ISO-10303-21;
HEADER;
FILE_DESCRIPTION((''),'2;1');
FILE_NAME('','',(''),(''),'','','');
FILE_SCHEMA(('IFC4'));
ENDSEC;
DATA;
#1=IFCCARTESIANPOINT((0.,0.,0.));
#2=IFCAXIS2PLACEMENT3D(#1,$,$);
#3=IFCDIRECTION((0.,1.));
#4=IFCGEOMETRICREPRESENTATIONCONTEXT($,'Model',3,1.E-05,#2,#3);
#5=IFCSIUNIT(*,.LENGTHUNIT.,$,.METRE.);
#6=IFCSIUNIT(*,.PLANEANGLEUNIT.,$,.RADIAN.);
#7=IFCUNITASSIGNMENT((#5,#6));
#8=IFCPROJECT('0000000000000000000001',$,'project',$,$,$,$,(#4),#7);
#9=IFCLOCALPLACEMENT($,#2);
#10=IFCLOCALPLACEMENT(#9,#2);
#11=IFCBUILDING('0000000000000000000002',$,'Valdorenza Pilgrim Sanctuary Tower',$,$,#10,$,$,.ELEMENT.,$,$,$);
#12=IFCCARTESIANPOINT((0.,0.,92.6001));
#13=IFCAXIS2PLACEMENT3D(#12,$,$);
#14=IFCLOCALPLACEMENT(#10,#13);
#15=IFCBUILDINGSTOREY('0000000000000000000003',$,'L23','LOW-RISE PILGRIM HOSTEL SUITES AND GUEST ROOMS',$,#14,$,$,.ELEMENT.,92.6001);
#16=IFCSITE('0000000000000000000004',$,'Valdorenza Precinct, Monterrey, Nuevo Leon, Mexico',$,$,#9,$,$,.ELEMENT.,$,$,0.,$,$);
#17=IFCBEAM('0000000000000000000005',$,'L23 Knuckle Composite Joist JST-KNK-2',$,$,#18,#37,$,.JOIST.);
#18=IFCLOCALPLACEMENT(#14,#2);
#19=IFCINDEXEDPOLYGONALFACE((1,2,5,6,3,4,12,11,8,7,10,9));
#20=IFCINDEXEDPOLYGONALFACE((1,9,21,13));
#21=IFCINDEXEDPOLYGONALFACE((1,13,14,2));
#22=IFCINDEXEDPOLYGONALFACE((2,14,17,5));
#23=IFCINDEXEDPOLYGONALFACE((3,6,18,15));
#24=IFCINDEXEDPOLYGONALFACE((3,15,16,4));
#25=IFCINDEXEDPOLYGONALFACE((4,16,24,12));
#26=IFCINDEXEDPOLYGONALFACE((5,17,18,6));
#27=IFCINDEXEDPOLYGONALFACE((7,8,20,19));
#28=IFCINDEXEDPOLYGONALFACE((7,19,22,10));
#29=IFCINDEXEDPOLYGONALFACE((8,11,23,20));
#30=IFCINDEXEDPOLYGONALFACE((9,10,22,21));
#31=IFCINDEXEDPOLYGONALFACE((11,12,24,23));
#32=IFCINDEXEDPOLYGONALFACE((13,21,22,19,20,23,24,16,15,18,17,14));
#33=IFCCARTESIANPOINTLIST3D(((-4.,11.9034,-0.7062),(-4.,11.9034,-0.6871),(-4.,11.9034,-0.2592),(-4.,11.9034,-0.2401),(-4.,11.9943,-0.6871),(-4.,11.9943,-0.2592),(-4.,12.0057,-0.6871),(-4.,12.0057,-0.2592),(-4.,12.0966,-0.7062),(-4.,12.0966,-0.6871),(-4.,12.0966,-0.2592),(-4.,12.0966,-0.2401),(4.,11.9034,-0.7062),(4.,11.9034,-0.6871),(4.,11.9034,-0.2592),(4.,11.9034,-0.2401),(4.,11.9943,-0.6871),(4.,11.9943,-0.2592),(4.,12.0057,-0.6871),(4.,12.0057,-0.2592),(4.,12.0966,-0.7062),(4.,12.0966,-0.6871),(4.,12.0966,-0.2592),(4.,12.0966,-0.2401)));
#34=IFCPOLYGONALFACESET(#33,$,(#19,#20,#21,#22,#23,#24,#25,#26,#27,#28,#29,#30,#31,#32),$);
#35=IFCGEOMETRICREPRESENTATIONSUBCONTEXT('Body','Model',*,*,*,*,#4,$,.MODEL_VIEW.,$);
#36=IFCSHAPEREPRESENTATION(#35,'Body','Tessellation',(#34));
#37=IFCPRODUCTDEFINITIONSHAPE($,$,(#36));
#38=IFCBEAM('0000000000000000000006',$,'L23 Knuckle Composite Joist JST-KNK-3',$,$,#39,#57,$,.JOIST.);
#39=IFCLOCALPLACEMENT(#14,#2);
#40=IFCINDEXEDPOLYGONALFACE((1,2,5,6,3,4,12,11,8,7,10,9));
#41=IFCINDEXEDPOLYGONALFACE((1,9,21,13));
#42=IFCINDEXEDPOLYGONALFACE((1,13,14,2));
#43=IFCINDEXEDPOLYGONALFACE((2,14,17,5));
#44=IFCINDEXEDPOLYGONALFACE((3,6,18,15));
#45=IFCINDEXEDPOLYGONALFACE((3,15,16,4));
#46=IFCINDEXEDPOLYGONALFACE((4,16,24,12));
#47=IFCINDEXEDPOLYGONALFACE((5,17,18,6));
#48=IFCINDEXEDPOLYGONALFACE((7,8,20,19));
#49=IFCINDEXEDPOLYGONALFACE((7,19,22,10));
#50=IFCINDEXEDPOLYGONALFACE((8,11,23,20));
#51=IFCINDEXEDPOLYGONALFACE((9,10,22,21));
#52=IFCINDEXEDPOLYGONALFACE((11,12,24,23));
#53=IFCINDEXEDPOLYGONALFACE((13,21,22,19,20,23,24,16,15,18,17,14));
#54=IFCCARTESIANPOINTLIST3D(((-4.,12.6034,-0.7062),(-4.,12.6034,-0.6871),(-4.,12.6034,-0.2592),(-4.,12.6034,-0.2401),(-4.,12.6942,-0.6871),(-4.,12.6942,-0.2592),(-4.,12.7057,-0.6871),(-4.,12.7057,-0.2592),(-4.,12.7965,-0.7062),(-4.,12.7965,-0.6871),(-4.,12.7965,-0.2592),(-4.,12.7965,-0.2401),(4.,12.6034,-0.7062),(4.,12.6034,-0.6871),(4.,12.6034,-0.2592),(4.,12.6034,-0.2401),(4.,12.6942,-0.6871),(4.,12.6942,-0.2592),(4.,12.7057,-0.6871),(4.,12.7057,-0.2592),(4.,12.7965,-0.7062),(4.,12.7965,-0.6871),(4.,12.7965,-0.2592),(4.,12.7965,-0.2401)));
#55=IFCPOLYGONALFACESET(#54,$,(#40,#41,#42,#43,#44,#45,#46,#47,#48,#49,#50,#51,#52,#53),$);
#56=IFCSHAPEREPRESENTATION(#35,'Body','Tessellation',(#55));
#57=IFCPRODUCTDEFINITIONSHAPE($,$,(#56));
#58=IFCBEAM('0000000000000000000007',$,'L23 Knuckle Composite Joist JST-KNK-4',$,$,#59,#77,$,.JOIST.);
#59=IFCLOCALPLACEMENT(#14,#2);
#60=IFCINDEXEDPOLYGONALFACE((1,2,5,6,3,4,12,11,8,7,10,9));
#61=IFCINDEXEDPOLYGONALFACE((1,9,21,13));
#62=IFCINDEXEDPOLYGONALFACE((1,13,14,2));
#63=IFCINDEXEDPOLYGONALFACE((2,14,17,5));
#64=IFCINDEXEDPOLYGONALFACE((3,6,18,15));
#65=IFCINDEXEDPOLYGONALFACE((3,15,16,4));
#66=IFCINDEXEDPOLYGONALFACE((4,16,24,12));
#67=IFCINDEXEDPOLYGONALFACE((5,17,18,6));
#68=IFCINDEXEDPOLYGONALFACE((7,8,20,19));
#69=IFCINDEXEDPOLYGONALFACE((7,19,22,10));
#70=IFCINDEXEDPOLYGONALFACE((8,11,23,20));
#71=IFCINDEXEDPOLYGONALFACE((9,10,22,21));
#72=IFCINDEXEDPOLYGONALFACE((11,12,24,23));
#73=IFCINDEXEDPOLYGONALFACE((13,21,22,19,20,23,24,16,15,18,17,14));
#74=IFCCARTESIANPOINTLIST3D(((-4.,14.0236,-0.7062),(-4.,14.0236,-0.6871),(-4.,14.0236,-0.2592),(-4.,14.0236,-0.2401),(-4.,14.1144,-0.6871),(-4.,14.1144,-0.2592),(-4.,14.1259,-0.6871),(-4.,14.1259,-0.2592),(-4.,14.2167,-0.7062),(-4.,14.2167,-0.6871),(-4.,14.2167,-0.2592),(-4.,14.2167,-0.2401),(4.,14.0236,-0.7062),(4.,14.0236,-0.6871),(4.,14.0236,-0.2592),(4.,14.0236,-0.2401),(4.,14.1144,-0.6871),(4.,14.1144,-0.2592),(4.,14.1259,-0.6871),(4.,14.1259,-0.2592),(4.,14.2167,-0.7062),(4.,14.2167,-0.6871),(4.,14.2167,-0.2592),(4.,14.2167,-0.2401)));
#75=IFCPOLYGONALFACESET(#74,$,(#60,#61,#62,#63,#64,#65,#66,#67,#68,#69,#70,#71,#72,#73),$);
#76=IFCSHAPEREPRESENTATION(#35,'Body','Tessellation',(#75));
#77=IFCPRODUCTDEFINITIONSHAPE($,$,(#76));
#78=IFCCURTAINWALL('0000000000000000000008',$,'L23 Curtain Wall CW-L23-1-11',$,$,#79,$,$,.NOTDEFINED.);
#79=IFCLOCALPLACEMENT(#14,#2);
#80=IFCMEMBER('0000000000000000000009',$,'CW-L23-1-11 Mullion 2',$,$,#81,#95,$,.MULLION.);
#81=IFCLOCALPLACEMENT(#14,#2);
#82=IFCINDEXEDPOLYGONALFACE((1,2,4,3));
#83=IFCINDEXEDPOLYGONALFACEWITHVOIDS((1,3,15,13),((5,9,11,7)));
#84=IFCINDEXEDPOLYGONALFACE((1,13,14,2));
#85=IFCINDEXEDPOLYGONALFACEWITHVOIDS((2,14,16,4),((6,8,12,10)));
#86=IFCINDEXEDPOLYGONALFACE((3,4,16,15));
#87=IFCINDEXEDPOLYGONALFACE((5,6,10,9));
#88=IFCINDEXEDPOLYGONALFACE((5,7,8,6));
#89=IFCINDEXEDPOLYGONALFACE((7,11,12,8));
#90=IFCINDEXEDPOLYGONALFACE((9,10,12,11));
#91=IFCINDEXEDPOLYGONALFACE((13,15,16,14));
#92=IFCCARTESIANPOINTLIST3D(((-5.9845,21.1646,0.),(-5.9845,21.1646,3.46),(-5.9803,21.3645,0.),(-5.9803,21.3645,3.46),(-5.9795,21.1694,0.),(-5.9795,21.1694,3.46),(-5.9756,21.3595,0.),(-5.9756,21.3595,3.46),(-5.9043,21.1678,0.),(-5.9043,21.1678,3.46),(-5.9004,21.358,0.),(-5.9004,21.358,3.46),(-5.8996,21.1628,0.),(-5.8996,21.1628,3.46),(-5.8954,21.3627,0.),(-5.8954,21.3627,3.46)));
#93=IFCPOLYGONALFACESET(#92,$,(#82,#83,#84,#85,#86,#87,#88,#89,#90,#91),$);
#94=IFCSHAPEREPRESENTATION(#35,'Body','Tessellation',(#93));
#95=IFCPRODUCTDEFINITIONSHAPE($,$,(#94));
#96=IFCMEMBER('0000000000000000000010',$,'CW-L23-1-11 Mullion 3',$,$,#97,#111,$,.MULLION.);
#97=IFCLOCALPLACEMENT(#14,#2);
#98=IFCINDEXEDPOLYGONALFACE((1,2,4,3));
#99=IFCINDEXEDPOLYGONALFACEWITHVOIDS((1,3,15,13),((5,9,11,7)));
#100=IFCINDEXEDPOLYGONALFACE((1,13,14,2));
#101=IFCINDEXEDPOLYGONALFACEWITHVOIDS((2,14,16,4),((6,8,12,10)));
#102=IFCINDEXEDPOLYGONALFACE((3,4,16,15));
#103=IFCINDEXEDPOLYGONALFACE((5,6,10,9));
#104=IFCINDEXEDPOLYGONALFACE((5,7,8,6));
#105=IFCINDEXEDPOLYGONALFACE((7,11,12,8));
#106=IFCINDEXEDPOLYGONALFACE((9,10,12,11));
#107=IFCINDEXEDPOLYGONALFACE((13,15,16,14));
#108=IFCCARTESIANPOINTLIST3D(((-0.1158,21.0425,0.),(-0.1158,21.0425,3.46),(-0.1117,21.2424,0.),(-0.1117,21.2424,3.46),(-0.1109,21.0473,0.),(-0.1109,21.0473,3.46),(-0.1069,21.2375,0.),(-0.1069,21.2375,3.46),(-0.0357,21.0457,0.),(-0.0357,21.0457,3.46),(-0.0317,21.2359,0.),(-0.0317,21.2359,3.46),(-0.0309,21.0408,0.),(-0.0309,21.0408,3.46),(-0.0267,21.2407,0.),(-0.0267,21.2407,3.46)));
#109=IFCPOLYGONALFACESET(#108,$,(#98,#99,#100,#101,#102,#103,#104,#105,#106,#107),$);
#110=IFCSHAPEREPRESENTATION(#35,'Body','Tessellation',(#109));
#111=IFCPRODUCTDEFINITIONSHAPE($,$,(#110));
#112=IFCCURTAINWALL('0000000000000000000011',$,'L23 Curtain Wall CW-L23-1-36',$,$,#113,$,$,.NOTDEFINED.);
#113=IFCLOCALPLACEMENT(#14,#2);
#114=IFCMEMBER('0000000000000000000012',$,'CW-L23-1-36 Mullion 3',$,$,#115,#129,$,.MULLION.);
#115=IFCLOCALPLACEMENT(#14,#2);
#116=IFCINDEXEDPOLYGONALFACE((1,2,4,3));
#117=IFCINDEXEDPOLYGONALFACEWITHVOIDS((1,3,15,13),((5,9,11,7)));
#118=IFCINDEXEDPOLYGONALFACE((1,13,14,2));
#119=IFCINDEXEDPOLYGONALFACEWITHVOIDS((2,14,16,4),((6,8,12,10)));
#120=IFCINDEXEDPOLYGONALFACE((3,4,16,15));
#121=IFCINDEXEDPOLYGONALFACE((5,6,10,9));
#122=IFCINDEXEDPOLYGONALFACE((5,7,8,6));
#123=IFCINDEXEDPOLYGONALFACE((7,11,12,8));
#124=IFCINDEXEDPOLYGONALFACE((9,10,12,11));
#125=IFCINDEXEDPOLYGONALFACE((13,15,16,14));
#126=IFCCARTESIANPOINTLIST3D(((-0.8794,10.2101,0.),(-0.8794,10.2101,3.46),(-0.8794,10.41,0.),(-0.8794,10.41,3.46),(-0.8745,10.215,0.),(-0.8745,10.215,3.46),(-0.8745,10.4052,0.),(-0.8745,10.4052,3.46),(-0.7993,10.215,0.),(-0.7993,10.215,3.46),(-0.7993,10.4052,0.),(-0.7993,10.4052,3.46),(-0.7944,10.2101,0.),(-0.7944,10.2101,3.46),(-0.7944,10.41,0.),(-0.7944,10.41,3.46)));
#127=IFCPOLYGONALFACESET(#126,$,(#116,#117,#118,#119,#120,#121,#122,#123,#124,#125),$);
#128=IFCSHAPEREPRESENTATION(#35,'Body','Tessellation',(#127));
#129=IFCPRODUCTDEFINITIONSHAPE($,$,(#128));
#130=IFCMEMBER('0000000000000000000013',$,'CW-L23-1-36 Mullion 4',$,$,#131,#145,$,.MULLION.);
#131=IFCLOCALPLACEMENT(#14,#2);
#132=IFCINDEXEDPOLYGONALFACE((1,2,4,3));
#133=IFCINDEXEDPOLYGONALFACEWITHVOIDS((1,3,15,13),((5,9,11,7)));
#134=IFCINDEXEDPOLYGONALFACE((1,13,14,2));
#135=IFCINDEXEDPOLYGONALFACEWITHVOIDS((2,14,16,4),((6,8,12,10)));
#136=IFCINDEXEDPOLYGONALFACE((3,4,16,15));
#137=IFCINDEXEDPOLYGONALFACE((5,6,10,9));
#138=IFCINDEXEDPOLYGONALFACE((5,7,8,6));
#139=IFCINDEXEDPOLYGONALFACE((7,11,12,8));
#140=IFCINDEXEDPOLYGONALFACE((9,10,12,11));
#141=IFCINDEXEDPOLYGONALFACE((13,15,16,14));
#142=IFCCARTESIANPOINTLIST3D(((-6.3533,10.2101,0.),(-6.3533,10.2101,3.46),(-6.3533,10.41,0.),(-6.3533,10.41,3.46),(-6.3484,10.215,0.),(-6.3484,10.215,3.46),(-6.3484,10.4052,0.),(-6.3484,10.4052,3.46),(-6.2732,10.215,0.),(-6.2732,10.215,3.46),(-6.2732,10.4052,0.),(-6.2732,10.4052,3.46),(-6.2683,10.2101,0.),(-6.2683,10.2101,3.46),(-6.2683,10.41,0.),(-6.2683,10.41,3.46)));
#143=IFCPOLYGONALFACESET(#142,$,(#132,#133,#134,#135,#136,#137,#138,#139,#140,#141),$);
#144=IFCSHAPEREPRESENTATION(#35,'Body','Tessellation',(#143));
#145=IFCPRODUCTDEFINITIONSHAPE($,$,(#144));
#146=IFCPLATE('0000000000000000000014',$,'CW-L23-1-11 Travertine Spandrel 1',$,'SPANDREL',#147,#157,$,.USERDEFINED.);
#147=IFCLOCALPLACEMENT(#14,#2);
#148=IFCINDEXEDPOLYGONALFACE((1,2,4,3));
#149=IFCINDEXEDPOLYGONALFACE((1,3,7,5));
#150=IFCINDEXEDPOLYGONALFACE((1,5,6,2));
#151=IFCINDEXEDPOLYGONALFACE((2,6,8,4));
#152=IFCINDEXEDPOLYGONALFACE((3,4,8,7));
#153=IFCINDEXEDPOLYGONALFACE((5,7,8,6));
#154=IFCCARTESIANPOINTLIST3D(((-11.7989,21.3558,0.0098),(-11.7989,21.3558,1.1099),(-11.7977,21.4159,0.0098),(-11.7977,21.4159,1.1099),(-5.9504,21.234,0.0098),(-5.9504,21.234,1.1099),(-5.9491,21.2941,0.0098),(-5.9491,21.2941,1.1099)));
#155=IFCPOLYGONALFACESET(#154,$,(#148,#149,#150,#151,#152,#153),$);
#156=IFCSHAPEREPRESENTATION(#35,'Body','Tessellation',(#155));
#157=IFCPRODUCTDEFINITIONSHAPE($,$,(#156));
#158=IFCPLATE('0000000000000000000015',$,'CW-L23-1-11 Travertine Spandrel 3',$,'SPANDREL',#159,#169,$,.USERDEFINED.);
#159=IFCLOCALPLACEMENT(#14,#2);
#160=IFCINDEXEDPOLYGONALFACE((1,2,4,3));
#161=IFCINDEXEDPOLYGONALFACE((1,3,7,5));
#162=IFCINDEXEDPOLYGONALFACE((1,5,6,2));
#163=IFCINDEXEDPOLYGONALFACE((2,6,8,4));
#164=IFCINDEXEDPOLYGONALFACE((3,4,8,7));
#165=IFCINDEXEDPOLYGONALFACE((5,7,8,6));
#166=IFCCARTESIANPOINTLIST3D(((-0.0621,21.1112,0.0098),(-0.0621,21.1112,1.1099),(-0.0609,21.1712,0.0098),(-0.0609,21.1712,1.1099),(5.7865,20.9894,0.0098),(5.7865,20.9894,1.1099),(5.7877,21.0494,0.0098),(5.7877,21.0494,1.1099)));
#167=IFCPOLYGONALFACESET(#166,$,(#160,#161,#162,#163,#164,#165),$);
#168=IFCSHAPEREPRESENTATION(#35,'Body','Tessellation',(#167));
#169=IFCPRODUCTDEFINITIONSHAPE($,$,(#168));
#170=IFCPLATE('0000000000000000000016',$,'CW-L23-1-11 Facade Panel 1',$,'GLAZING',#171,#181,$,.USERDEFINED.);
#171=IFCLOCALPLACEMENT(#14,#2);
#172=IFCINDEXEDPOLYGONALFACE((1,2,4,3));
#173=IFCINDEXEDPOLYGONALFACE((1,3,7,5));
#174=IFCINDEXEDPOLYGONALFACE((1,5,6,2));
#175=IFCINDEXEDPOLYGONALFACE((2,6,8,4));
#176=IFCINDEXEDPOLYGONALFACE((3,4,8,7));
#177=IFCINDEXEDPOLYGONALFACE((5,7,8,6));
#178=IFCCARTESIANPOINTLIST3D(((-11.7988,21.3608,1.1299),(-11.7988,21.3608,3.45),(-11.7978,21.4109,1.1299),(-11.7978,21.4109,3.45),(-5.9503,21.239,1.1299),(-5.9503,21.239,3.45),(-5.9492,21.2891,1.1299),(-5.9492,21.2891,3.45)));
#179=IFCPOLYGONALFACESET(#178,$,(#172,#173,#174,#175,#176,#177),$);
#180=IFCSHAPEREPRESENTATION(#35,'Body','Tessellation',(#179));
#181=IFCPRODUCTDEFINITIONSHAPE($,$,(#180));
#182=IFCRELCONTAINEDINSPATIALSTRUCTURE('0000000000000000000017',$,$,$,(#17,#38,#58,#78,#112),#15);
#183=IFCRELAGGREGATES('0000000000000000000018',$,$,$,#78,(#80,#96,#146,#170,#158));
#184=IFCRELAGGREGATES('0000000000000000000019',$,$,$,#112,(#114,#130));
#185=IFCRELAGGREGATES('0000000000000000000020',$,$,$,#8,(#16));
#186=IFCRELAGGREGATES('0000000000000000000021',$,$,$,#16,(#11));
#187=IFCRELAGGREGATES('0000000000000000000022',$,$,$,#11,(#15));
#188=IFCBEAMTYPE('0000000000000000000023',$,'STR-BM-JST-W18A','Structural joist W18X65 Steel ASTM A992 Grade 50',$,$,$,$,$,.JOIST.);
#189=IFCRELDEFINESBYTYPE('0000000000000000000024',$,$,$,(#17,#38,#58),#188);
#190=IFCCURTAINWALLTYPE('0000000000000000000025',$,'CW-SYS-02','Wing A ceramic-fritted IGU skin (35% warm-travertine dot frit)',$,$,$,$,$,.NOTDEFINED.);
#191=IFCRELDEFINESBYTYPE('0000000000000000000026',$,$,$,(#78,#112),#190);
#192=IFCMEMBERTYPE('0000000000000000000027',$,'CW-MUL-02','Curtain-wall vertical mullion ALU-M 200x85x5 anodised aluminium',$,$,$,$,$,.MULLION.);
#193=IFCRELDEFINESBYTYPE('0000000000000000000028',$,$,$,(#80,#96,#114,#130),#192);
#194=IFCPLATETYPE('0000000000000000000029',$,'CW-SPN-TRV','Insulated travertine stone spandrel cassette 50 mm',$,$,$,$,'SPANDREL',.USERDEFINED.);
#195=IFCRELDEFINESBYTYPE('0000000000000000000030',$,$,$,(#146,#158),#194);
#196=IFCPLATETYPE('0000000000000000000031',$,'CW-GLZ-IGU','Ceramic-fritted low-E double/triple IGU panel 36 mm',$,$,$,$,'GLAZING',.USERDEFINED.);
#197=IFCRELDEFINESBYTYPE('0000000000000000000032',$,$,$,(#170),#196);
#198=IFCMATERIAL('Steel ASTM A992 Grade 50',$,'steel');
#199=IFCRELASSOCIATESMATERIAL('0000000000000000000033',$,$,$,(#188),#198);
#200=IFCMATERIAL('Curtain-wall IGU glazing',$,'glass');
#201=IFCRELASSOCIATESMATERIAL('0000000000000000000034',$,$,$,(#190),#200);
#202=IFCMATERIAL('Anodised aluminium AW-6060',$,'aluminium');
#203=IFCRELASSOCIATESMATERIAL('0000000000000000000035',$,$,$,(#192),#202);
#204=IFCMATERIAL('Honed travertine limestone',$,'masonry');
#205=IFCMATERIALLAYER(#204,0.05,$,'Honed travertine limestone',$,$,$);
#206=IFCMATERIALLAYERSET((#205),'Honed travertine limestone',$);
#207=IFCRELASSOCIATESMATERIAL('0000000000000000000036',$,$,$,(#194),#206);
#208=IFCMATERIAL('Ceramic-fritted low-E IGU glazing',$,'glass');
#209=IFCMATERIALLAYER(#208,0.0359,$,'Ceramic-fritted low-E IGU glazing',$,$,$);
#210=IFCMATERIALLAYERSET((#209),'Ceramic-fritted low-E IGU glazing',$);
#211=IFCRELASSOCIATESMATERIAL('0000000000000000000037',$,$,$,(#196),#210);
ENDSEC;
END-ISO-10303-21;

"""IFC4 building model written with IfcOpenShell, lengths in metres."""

from ifc_helpers import new_model, si_unit, direction, frame, origin, origin_2d, place, context, subcontext, project, spatial, rectangle, hollow_rectangle, i_section, extrude, source, transform, mapped, material, layer, layer_set, material_profile, profile_set, type_object, element, aggregate, save


model = new_model("IFC4")

# Units and contexts
model_context = context("Model", 3, precision=1e-05, world=origin(), true_north=direction((0.0, 1.0)))
body_context = subcontext(model_context, "Body", "Model", "MODEL_VIEW")
ifc_project = project(units=[si_unit("LENGTHUNIT", "METRE"), si_unit("PLANEANGLEUNIT", "RADIAN")], contexts=[model_context])

# Site, building, storey
site_placement = place(None, origin())
site = spatial("IfcSite", under=ifc_project, at=site_placement, Name="Valdorenza Precinct, Monterrey, Nuevo Leon, Mexico", CompositionType="ELEMENT", RefElevation=0.0)
building_placement = place(site_placement, origin())
building = spatial("IfcBuilding", under=site, at=building_placement, Name="Valdorenza Pilgrim Sanctuary Tower", CompositionType="ELEMENT")
storey_placement = place(building_placement, frame((0.0, 0.0, 92.6001)))
storey = spatial("IfcBuildingStorey", under=building, at=storey_placement, Name="L23", Description="LOW-RISE PILGRIM HOSTEL SUITES AND GUEST ROOMS", CompositionType="ELEMENT", Elevation=92.6001)

# Shared definitions
ifc_material_1 = material(Name="Steel ASTM A992 Grade 50", Category="steel")

# Beams
ifc_material_profile_1 = material_profile(ifc_material_1, i_section(OverallWidth=0.1931, OverallDepth=0.4661, WebThickness=0.0115, FlangeThickness=0.019, at=origin_2d()), Name="W18X65")
ifc_profile_set_1 = profile_set([ifc_material_profile_1], Name="Steel ASTM A992 Grade 50")
beam_type_1 = type_object("IfcBeamType", Name="STR-BM-JST-W18A", Description="Structural joist W18X65 Steel ASTM A992 Grade 50", PredefinedType="JOIST", material=ifc_profile_set_1)
shared_shape_1 = source(origin(), body_context, "Body", "SweptSolid", [
    extrude(i_section(OverallWidth=0.1931, OverallDepth=0.4661, WebThickness=0.0115, FlangeThickness=0.019, at=origin_2d()), origin(), (0.0, 0.0, 1.0), 8.0),
])
for number, where, z_axis, x_axis, name in (
    (1, (-4.0, 12.0, -0.4731), (1.0, 0.0, 0.0), (0.0, 1.0, 0.0), "L23 Knuckle Composite Joist JST-KNK-2"),
    (2, (-4.0, 12.7, -0.4731), (1.0, 0.0, 0.0), (0.0, 1.0, 0.0), "L23 Knuckle Composite Joist JST-KNK-3"),
    (3, (-4.0, 14.1201, -0.4731), (1.0, 0.0, 0.0), (0.0, 1.0, 0.0), "L23 Knuckle Composite Joist JST-KNK-4"),
):
    element("IfcBeam", number, at=place(storey_placement, frame(where, z_axis=z_axis, x_axis=x_axis)), inside=storey, type_object=beam_type_1, Name=name, PredefinedType="JOIST", context=body_context, shape_type="MappedRepresentation", body=[
        mapped(shared_shape_1, transform((0.0, 0.0, 0.0), x_axis=(1.0, 0.0, 0.0), y_axis=(0.0, 1.0, 0.0), z_axis=(0.0, 0.0, 1.0), scale=1.0)),
    ])

# Curtain walls, members
ifc_material_2 = material(Name="Curtain-wall IGU glazing", Category="glass")
curtain_wall_type = type_object("IfcCurtainWallType", Name="CW-SYS-02", Description="Wing A ceramic-fritted IGU skin (35% warm-travertine dot frit)", PredefinedType="NOTDEFINED", material=ifc_material_2)
curtain_wall_1_placement = place(storey_placement, origin())
curtain_wall_1 = element("IfcCurtainWall", 4, at=curtain_wall_1_placement, inside=storey, type_object=curtain_wall_type, Name="L23 Curtain Wall CW-L23-1-11", PredefinedType="NOTDEFINED")
ifc_material_3 = material(Name="Anodised aluminium AW-6060", Category="aluminium")
ifc_material_profile_2 = material_profile(ifc_material_3, hollow_rectangle(XDim=0.085, YDim=0.2, WallThickness=0.0049, at=origin_2d()), Name="ALU-M 200x85x5")
ifc_profile_set_2 = profile_set([ifc_material_profile_2], Name="Anodised aluminium AW-6060")
member_type = type_object("IfcMemberType", Name="CW-MUL-02", Description="Curtain-wall vertical mullion ALU-M 200x85x5 anodised aluminium", PredefinedType="MULLION", material=ifc_profile_set_2)
shared_shape_2 = source(origin(), body_context, "Body", "SweptSolid", [
    extrude(hollow_rectangle(XDim=0.085, YDim=0.2, WallThickness=0.0049, at=origin_2d()), origin(), (0.0, 0.0, 1.0), 3.46),
])
member_1_placement = place(storey_placement, frame((-5.9399, 21.2637, 0.0), z_axis=(0.0, 0.0, 1.0), x_axis=(0.999783, -0.02082, 0.0)))
member_1 = element("IfcMember", 5, at=member_1_placement, type_object=member_type, Name="CW-L23-1-11 Mullion 2", PredefinedType="MULLION", context=body_context, shape_type="MappedRepresentation", body=[
    mapped(shared_shape_2, transform((0.0, 0.0, 0.0), x_axis=(1.0, 0.0, 0.0), y_axis=(0.0, 1.0, 0.0), z_axis=(0.0, 0.0, 1.0), scale=1.0)),
])
member_2_placement = place(storey_placement, frame((-0.0713, 21.1416, 0.0), z_axis=(0.0, 0.0, 1.0), x_axis=(0.999783, -0.02082, 0.0)))
member_2 = element("IfcMember", 6, at=member_2_placement, type_object=member_type, Name="CW-L23-1-11 Mullion 3", PredefinedType="MULLION", context=body_context, shape_type="MappedRepresentation", body=[
    mapped(shared_shape_2, transform((0.0, 0.0, 0.0), x_axis=(1.0, 0.0, 0.0), y_axis=(0.0, 1.0, 0.0), z_axis=(0.0, 0.0, 1.0), scale=1.0)),
])
curtain_wall_2_placement = place(storey_placement, origin())
curtain_wall_2 = element("IfcCurtainWall", 7, at=curtain_wall_2_placement, inside=storey, type_object=curtain_wall_type, Name="L23 Curtain Wall CW-L23-1-36", PredefinedType="NOTDEFINED")
member_3_placement = place(storey_placement, frame((-0.8369, 10.3101, 0.0), z_axis=(0.0, 0.0, 1.0), x_axis=(-1.0, 0.0, 0.0)))
member_3 = element("IfcMember", 8, at=member_3_placement, type_object=member_type, Name="CW-L23-1-36 Mullion 3", PredefinedType="MULLION", context=body_context, shape_type="MappedRepresentation", body=[
    mapped(shared_shape_2, transform((0.0, 0.0, 0.0), x_axis=(1.0, 0.0, 0.0), y_axis=(0.0, 1.0, 0.0), z_axis=(0.0, 0.0, 1.0), scale=1.0)),
])
member_4_placement = place(storey_placement, frame((-6.3108, 10.3101, 0.0), z_axis=(0.0, 0.0, 1.0), x_axis=(-1.0, 0.0, 0.0)))
member_4 = element("IfcMember", 9, at=member_4_placement, type_object=member_type, Name="CW-L23-1-36 Mullion 4", PredefinedType="MULLION", context=body_context, shape_type="MappedRepresentation", body=[
    mapped(shared_shape_2, transform((0.0, 0.0, 0.0), x_axis=(1.0, 0.0, 0.0), y_axis=(0.0, 1.0, 0.0), z_axis=(0.0, 0.0, 1.0), scale=1.0)),
])

# Plates
ifc_material_4 = material(Name="Honed travertine limestone", Category="masonry")
ifc_layer_1 = layer(ifc_material_4, 0.05, Name="Honed travertine limestone")
ifc_layer_set_1 = layer_set([ifc_layer_1], Name="Honed travertine limestone")
plate_type_1 = type_object("IfcPlateType", Name="CW-SPN-TRV", Description="Insulated travertine stone spandrel cassette 50 mm", ElementType="SPANDREL", PredefinedType="USERDEFINED", material=ifc_layer_set_1)
shared_shape_3 = source(origin(), body_context, "Body", "SweptSolid", [
    extrude(rectangle(XDim=5.8499, YDim=0.0601, at=origin_2d()), origin(), (0.0, 0.0, 1.0), 1.1001),
])
plate_1_placement = place(storey_placement, frame((-8.874, 21.325, 0.0098), z_axis=(0.0, 0.0, 1.0), x_axis=(0.999783, -0.02082, 0.0)))
plate_1 = element("IfcPlate", 10, at=plate_1_placement, type_object=plate_type_1, Name="CW-L23-1-11 Travertine Spandrel 1", ObjectType="SPANDREL", PredefinedType="USERDEFINED", context=body_context, shape_type="MappedRepresentation", body=[
    mapped(shared_shape_3, transform((0.0, 0.0, 0.0), x_axis=(1.0, 0.0, 0.0), y_axis=(0.0, 1.0, 0.0), z_axis=(0.0, 0.0, 1.0), scale=1.0)),
])
plate_2_placement = place(storey_placement, frame((2.8628, 21.0803, 0.0098), z_axis=(0.0, 0.0, 1.0), x_axis=(0.999783, -0.02082, 0.0)))
plate_2 = element("IfcPlate", 11, at=plate_2_placement, type_object=plate_type_1, Name="CW-L23-1-11 Travertine Spandrel 3", ObjectType="SPANDREL", PredefinedType="USERDEFINED", context=body_context, shape_type="MappedRepresentation", body=[
    mapped(shared_shape_3, transform((0.0, 0.0, 0.0), x_axis=(1.0, 0.0, 0.0), y_axis=(0.0, 1.0, 0.0), z_axis=(0.0, 0.0, 1.0), scale=1.0)),
])
ifc_material_5 = material(Name="Ceramic-fritted low-E IGU glazing", Category="glass")
ifc_layer_2 = layer(ifc_material_5, 0.0359, Name="Ceramic-fritted low-E IGU glazing")
ifc_layer_set_2 = layer_set([ifc_layer_2], Name="Ceramic-fritted low-E IGU glazing")
plate_type_2 = type_object("IfcPlateType", Name="CW-GLZ-IGU", Description="Ceramic-fritted low-E double/triple IGU panel 36 mm", ElementType="GLAZING", PredefinedType="USERDEFINED", material=ifc_layer_set_2)
shared_shape_4 = source(origin(), body_context, "Body", "SweptSolid", [
    extrude(rectangle(XDim=5.8499, YDim=0.05, at=origin_2d()), origin(), (0.0, 0.0, 1.0), 2.3201),
])
plate_3_placement = place(storey_placement, frame((-8.874, 21.325, 1.1299), z_axis=(0.0, 0.0, 1.0), x_axis=(0.999783, -0.02082, 0.0)))
plate_3 = element("IfcPlate", 12, at=plate_3_placement, type_object=plate_type_2, Name="CW-L23-1-11 Facade Panel 1", ObjectType="GLAZING", PredefinedType="USERDEFINED", context=body_context, shape_type="MappedRepresentation", body=[
    mapped(shared_shape_4, transform((0.0, 0.0, 0.0), x_axis=(1.0, 0.0, 0.0), y_axis=(0.0, 1.0, 0.0), z_axis=(0.0, 0.0, 1.0), scale=1.0)),
])
aggregate(curtain_wall_1, [member_1, member_2, plate_1, plate_3, plate_2])
aggregate(curtain_wall_2, [member_3, member_4])

save(model, "model.ifc")
